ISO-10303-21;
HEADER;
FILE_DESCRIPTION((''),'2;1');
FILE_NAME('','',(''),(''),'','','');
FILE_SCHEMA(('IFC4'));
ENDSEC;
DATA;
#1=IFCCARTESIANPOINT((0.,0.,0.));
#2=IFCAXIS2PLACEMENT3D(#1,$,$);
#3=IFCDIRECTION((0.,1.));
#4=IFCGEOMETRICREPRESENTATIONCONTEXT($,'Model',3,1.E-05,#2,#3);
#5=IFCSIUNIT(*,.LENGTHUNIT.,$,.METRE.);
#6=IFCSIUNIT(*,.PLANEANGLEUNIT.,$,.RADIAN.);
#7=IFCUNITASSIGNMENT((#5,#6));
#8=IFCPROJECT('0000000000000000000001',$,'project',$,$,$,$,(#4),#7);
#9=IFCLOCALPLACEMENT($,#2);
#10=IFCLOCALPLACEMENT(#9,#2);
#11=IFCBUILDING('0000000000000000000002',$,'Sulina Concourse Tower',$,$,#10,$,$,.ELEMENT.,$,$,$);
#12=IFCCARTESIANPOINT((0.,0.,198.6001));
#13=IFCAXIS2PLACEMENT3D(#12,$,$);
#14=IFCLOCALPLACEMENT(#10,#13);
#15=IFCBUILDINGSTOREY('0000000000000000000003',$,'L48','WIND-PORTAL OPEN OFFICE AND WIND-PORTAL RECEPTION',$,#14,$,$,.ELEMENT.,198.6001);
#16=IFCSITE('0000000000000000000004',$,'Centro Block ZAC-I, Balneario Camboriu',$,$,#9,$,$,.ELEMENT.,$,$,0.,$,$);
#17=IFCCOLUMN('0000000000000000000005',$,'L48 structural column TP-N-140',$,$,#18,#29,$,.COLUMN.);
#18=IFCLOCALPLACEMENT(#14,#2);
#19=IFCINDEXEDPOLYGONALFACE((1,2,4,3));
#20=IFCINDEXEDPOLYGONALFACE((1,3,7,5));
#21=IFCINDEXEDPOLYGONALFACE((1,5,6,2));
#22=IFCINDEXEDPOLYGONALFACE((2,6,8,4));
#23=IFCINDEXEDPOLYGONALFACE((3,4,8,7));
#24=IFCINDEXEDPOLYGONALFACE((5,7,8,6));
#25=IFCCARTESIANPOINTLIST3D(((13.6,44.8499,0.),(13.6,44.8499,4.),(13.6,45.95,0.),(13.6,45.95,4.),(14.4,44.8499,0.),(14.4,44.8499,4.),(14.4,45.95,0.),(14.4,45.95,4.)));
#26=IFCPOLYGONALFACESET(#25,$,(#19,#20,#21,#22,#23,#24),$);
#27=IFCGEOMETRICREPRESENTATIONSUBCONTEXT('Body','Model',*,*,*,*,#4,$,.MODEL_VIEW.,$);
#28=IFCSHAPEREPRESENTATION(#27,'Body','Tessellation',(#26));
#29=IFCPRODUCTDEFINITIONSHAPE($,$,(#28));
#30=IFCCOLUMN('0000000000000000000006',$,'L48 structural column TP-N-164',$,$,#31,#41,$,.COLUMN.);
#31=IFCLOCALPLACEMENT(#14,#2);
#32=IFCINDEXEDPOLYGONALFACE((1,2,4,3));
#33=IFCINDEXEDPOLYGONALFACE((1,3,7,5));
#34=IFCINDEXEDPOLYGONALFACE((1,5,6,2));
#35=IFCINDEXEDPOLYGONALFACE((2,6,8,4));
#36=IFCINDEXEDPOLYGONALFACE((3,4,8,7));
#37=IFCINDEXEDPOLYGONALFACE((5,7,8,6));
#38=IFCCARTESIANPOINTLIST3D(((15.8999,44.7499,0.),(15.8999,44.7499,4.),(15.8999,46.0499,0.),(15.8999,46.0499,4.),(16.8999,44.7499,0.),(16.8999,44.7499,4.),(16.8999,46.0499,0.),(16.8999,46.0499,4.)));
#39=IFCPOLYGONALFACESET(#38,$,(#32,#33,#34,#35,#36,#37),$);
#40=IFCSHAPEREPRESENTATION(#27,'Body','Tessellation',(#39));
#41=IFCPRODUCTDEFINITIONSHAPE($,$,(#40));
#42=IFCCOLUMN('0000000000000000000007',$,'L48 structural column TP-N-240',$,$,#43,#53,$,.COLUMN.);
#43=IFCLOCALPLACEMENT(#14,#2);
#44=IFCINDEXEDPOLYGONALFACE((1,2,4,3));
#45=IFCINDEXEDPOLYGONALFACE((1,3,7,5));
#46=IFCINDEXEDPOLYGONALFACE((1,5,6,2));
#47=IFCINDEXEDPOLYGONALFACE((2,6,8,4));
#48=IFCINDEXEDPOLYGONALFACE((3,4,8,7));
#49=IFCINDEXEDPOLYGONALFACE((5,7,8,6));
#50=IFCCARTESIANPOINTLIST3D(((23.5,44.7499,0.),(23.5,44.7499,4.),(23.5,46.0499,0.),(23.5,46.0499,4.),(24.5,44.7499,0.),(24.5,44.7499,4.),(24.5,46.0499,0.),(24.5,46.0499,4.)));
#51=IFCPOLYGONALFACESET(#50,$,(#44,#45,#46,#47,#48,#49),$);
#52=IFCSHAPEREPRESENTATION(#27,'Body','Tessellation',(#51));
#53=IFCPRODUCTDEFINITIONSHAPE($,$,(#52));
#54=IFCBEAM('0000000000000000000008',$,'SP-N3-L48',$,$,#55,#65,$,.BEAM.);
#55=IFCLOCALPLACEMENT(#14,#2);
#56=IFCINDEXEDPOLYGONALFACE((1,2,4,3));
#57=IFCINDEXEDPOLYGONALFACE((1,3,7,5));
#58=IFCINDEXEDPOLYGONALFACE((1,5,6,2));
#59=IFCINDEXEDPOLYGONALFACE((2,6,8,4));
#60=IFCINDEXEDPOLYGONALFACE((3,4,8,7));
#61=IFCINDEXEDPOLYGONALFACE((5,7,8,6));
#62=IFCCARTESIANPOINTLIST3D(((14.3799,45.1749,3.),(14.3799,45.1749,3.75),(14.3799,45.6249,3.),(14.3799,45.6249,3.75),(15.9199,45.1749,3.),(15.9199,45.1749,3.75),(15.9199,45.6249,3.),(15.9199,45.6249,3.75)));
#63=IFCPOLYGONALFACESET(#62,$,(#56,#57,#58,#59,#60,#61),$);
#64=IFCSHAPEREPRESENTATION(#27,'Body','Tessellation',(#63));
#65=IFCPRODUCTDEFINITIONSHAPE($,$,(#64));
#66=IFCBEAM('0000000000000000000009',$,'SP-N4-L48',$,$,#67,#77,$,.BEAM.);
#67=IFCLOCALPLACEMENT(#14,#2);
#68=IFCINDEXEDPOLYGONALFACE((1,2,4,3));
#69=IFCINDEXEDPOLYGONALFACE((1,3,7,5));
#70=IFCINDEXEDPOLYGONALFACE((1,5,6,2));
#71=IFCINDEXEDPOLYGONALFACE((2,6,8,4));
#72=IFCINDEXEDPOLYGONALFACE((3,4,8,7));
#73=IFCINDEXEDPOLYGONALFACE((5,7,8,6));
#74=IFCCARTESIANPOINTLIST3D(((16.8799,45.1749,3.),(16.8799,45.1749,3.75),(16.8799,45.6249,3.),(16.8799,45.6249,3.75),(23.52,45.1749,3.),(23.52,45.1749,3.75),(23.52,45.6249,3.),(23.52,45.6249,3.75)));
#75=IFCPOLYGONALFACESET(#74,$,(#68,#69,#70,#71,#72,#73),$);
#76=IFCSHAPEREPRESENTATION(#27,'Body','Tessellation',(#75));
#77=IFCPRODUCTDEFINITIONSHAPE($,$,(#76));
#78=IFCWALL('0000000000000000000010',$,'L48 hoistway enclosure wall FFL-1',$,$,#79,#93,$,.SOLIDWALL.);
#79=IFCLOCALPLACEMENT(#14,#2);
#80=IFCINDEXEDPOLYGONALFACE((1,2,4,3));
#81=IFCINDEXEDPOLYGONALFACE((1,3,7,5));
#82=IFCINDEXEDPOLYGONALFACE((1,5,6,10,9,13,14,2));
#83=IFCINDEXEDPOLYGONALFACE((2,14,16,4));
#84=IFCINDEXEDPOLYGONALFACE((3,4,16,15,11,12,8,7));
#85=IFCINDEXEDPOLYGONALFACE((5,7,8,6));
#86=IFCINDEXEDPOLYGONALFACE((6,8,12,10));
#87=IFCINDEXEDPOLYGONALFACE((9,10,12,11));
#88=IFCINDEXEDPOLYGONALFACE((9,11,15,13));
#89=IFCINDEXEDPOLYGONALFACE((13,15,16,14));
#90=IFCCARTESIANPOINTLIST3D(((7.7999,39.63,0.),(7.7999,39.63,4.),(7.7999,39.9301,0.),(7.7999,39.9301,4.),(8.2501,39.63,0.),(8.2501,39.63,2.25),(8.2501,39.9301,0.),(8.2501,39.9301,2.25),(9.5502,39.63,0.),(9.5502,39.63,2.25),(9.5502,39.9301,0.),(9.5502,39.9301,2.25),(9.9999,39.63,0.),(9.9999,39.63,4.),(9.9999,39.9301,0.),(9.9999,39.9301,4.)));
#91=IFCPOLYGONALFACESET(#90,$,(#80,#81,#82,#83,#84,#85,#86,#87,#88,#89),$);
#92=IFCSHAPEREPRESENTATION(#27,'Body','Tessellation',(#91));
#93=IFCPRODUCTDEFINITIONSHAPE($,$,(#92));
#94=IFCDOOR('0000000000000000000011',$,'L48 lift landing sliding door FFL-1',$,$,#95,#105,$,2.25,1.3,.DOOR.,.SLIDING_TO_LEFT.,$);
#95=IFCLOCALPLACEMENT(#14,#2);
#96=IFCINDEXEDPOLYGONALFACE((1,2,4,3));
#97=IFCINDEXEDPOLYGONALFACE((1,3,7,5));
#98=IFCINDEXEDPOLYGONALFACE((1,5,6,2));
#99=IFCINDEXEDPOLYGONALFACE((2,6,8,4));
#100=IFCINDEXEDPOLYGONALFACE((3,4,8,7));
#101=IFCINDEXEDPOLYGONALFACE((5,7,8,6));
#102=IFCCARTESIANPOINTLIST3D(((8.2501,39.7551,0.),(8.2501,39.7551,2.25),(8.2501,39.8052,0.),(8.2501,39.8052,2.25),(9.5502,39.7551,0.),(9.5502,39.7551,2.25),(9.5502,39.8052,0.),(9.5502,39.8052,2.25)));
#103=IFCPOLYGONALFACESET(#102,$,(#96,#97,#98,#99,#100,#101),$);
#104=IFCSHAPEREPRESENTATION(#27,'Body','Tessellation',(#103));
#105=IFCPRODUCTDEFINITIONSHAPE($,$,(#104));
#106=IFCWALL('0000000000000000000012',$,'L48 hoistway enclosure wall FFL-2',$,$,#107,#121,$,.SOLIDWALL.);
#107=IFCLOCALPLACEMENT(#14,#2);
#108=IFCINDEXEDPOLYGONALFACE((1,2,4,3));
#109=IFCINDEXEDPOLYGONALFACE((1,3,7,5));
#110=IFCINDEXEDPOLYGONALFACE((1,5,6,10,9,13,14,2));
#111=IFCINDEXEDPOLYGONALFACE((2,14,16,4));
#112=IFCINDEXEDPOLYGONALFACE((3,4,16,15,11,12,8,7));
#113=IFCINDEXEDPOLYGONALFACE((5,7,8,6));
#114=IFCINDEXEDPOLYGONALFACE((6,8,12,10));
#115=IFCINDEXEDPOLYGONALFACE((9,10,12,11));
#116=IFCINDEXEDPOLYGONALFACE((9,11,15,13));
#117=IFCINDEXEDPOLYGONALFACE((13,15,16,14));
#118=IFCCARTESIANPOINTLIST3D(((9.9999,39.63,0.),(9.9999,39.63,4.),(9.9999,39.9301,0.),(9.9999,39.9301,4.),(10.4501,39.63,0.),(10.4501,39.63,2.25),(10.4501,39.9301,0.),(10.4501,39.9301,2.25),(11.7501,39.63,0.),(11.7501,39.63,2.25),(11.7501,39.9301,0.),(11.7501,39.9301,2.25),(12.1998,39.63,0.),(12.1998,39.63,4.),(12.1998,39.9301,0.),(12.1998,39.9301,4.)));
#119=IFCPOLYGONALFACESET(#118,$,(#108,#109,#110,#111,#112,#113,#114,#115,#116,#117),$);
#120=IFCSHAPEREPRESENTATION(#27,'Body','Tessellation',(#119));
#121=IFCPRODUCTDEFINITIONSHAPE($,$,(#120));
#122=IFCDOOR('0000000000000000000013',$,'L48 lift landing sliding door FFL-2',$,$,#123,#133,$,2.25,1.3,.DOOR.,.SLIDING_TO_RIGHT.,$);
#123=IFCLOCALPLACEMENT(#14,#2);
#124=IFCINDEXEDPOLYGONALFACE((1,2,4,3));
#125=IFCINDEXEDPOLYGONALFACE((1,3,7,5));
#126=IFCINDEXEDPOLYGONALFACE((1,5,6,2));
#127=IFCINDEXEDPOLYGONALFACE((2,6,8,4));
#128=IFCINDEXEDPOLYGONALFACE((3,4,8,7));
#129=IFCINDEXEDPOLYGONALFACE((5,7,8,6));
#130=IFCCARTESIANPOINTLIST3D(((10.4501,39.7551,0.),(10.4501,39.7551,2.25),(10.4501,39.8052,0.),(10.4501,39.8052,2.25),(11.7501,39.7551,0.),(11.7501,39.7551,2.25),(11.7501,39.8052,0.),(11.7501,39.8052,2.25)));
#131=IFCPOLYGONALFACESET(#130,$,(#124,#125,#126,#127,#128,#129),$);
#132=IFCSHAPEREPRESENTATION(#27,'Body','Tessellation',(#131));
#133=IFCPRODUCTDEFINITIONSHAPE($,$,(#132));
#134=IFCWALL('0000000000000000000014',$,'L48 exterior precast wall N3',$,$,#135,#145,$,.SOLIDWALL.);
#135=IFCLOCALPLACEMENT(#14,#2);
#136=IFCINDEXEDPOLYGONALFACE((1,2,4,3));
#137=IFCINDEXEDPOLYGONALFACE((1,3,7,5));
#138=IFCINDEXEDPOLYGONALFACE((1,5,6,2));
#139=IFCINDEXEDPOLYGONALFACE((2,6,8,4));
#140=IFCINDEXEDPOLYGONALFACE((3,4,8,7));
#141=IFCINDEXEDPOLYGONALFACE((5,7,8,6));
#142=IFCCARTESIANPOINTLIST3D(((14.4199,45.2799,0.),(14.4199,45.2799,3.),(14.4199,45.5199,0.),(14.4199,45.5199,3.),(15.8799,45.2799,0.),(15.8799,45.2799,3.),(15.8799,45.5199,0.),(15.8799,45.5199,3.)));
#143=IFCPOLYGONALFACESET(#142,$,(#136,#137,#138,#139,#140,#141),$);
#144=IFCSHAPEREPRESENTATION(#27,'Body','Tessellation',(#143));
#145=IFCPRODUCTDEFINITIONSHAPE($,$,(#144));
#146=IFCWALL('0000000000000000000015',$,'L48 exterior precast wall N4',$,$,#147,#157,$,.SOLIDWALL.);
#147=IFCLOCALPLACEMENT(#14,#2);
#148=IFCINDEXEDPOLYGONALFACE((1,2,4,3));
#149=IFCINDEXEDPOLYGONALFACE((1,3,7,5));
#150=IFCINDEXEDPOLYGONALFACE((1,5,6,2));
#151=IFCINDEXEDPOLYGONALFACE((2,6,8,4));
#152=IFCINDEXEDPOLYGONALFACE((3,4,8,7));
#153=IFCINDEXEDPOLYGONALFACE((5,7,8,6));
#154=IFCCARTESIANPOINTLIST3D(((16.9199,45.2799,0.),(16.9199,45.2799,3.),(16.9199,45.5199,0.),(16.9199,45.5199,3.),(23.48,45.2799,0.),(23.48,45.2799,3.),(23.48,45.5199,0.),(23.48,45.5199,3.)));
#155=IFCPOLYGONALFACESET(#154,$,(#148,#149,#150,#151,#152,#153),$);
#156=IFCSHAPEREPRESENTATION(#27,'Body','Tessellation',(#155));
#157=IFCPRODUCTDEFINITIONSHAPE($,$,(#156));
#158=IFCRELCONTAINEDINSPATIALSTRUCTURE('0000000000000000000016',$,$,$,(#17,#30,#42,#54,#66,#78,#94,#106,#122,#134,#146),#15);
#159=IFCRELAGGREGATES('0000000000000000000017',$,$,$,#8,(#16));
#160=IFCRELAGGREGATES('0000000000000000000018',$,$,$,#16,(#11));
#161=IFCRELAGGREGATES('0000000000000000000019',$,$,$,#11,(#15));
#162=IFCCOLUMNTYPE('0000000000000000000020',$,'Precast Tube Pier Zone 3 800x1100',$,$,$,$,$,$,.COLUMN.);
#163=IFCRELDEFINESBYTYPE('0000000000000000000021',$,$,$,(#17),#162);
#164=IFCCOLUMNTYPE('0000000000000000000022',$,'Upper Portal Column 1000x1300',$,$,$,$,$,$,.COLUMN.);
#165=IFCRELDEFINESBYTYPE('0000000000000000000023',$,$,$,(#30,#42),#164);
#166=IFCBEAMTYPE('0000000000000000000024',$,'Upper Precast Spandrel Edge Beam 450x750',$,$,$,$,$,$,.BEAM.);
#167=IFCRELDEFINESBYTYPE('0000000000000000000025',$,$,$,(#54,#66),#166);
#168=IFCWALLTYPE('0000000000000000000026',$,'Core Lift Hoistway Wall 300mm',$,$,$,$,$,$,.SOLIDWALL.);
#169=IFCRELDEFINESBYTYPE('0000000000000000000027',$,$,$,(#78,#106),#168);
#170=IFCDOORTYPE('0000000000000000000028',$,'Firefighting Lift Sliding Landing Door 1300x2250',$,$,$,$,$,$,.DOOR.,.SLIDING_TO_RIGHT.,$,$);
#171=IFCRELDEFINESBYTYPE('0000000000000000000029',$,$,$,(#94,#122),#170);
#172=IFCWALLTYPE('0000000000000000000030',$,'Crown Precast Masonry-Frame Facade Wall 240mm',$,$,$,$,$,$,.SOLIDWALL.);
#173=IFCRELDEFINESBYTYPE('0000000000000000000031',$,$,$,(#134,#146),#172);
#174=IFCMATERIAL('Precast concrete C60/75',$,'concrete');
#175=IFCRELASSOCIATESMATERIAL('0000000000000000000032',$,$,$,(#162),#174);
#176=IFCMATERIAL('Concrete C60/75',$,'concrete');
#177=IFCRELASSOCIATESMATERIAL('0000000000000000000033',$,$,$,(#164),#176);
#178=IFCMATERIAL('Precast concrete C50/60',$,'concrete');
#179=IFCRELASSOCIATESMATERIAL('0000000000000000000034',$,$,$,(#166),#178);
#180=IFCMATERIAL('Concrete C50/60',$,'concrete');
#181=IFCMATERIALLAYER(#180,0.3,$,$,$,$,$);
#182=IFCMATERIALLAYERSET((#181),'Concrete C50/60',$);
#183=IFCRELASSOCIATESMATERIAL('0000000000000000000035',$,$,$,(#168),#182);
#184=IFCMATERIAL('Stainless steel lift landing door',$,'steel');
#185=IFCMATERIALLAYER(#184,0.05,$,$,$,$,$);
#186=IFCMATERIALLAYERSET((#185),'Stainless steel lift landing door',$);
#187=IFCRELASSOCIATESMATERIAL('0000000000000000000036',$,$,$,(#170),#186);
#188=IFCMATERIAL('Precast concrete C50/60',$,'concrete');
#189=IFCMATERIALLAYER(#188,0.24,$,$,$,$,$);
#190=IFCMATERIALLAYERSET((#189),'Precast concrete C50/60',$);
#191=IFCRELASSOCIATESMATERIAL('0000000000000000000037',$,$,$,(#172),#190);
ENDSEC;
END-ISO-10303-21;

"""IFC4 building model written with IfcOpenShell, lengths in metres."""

from ifc_helpers import new_model, si_unit, direction, frame, frame_2d, origin, origin_2d, place, context, subcontext, project, spatial, rectangle, extrude, material, layer, layer_set, material_profile, profile_set, type_object, element, fill, save


model = new_model("IFC4")

# Units and contexts
model_context = context("Model", 3, precision=1e-05, world=origin(), true_north=direction((0.0, 1.0)))
body_context = subcontext(model_context, "Body", "Model", "MODEL_VIEW")
ifc_project = project(units=[si_unit("LENGTHUNIT", "METRE"), si_unit("PLANEANGLEUNIT", "RADIAN")], contexts=[model_context])

# Site, building, storey
site_placement = place(None, origin())
site = spatial("IfcSite", under=ifc_project, at=site_placement, Name="Centro Block ZAC-I, Balneario Camboriu", CompositionType="ELEMENT", RefElevation=0.0)
building_placement = place(site_placement, origin())
building = spatial("IfcBuilding", under=site, at=building_placement, Name="Sulina Concourse Tower", CompositionType="ELEMENT")
storey_placement = place(building_placement, frame((0.0, 0.0, 198.6001)))
storey = spatial("IfcBuildingStorey", under=building, at=storey_placement, Name="L48", Description="WIND-PORTAL OPEN OFFICE AND WIND-PORTAL RECEPTION", CompositionType="ELEMENT", Elevation=198.6001)

# Columns
ifc_material_1 = material(Name="Precast concrete C60/75", Category="concrete")
ifc_material_profile_1 = material_profile(ifc_material_1, rectangle(XDim=0.8, YDim=1.1001, at=origin_2d()), Name="PC 800x1100")
ifc_profile_set_1 = profile_set([ifc_material_profile_1], Name="Precast concrete C60/75")
column_type_1 = type_object("IfcColumnType", Name="Precast Tube Pier Zone 3 800x1100", PredefinedType="COLUMN", material=ifc_profile_set_1)
column_placement = place(storey_placement, frame((14.0, 45.3999, 0.0), z_axis=(0.0, 0.0, 1.0), x_axis=(1.0, 0.0, 0.0)))
element("IfcColumn", 1, at=column_placement, inside=storey, type_object=column_type_1, Name="L48 structural column TP-N-140", PredefinedType="COLUMN", context=body_context, shape_type="SweptSolid", body=[
    extrude(rectangle(XDim=0.8, YDim=1.1001, at=origin_2d()), origin(), (0.0, 0.0, 1.0), 4.0),
])
ifc_material_2 = material(Name="Concrete C60/75", Category="concrete")
ifc_material_profile_2 = material_profile(ifc_material_2, rectangle(XDim=1.0, YDim=1.3, at=origin_2d()), Name="RC 1000x1300")
ifc_profile_set_2 = profile_set([ifc_material_profile_2], Name="Concrete C60/75")
column_type_2 = type_object("IfcColumnType", Name="Upper Portal Column 1000x1300", PredefinedType="COLUMN", material=ifc_profile_set_2)
for number, where, z_axis, x_axis, name in (
    (2, (16.3999, 45.3999, 0.0), (0.0, 0.0, 1.0), (1.0, 0.0, 0.0), "L48 structural column TP-N-164"),
    (3, (24.0, 45.3999, 0.0), (0.0, 0.0, 1.0), (1.0, 0.0, 0.0), "L48 structural column TP-N-240"),
):
    element("IfcColumn", number, at=place(storey_placement, frame(where, z_axis=z_axis, x_axis=x_axis)), inside=storey, type_object=column_type_2, Name=name, PredefinedType="COLUMN", context=body_context, shape_type="SweptSolid", body=[
        extrude(rectangle(XDim=1.0, YDim=1.3, at=origin_2d()), origin(), (0.0, 0.0, 1.0), 4.0),
    ])

# Beams
ifc_material_3 = material(Name="Precast concrete C50/60", Category="concrete")
ifc_material_profile_3 = material_profile(ifc_material_3, rectangle(XDim=0.45, YDim=0.75, at=origin_2d()), Name="RC 450x750")
ifc_profile_set_3 = profile_set([ifc_material_profile_3], Name="Precast concrete C50/60")
beam_type = type_object("IfcBeamType", Name="Upper Precast Spandrel Edge Beam 450x750", PredefinedType="BEAM", material=ifc_profile_set_3)
beam_1_placement = place(storey_placement, frame((14.3799, 45.3999, 3.375), z_axis=(1.0, 0.0, 0.0), x_axis=(0.0, 1.0, 0.0)))
element("IfcBeam", 4, at=beam_1_placement, inside=storey, type_object=beam_type, Name="SP-N3-L48", PredefinedType="BEAM", context=body_context, shape_type="SweptSolid", body=[
    extrude(rectangle(XDim=0.45, YDim=0.75, at=origin_2d()), origin(), (0.0, 0.0, 1.0), 1.54),
])
beam_2_placement = place(storey_placement, frame((16.8799, 45.3999, 3.375), z_axis=(1.0, 0.0, 0.0), x_axis=(0.0, 1.0, 0.0)))
element("IfcBeam", 5, at=beam_2_placement, inside=storey, type_object=beam_type, Name="SP-N4-L48", PredefinedType="BEAM", context=body_context, shape_type="SweptSolid", body=[
    extrude(rectangle(XDim=0.45, YDim=0.75, at=origin_2d()), origin(), (0.0, 0.0, 1.0), 6.6401),
])

# Walls, openings, doors
ifc_material_4 = material(Name="Concrete C50/60", Category="concrete")
ifc_layer_1 = layer(ifc_material_4, 0.3)
ifc_layer_set_1 = layer_set([ifc_layer_1], Name="Concrete C50/60")
wall_type_1 = type_object("IfcWallType", Name="Core Lift Hoistway Wall 300mm", PredefinedType="SOLIDWALL", material=ifc_layer_set_1)
wall_1_placement = place(storey_placement, frame((10.0, 39.78, 0.0), z_axis=(0.0, 0.0, 1.0), x_axis=(-1.0, 0.0, 0.0)))
wall_1 = element("IfcWall", 6, at=wall_1_placement, inside=storey, type_object=wall_type_1, Name="L48 hoistway enclosure wall FFL-1", PredefinedType="SOLIDWALL", context=body_context, shape_type="SweptSolid", body=[
    extrude(rectangle(XDim=2.2, YDim=0.3, at=frame_2d((1.1001, 0.0))), origin(), (0.0, 0.0, 1.0), 4.0),
])
opening_1_placement = place(wall_1_placement, frame((0.45, 0.0, 0.0)))
opening_1 = element("IfcOpeningElement", 7, at=opening_1_placement, cuts=wall_1, PredefinedType="OPENING", context=body_context, shape_type="SweptSolid", body=[
    extrude(rectangle(XDim=1.3, YDim=2.25, at=frame_2d((0.6499, 1.125))), frame((0.0, 0.1599, 0.0), z_axis=(0.0, -1.0, 0.0), x_axis=(1.0, 0.0, 0.0)), (0.0, 0.0, 1.0), 0.3201),
])
ifc_material_5 = material(Name="Stainless steel lift landing door", Category="steel")
ifc_layer_2 = layer(ifc_material_5, 0.05)
ifc_layer_set_2 = layer_set([ifc_layer_2], Name="Stainless steel lift landing door")
door_type_1 = type_object("IfcDoorType", Name="Firefighting Lift Sliding Landing Door 1300x2250", OperationType="SLIDING_TO_RIGHT", PredefinedType="DOOR", material=ifc_layer_set_2)
door_1_placement = place(opening_1_placement, origin())
door_1 = element("IfcDoor", 8, at=door_1_placement, inside=storey, type_object=door_type_1, Name="L48 lift landing sliding door FFL-1", OperationType="SLIDING_TO_LEFT", OverallHeight=2.25, OverallWidth=1.3, PredefinedType="DOOR", context=body_context, shape_type="SweptSolid", body=[
    extrude(rectangle(XDim=1.3, YDim=2.25, at=frame_2d((0.6499, 1.125))), frame((0.0, 0.0249, 0.0), z_axis=(0.0, -1.0, 0.0), x_axis=(1.0, 0.0, 0.0)), (0.0, 0.0, 1.0), 0.05),
])
fill(opening_1, door_1)
wall_2_placement = place(storey_placement, frame((12.2, 39.78, 0.0), z_axis=(0.0, 0.0, 1.0), x_axis=(-1.0, 0.0, 0.0)))
wall_2 = element("IfcWall", 9, at=wall_2_placement, inside=storey, type_object=wall_type_1, Name="L48 hoistway enclosure wall FFL-2", PredefinedType="SOLIDWALL", context=body_context, shape_type="SweptSolid", body=[
    extrude(rectangle(XDim=2.2, YDim=0.3, at=frame_2d((1.1001, 0.0))), origin(), (0.0, 0.0, 1.0), 4.0),
])
opening_2_placement = place(wall_2_placement, frame((0.45, 0.0, 0.0)))
opening_2 = element("IfcOpeningElement", 10, at=opening_2_placement, cuts=wall_2, PredefinedType="OPENING", context=body_context, shape_type="SweptSolid", body=[
    extrude(rectangle(XDim=1.3, YDim=2.25, at=frame_2d((0.6499, 1.125))), frame((0.0, 0.1599, 0.0), z_axis=(0.0, -1.0, 0.0), x_axis=(1.0, 0.0, 0.0)), (0.0, 0.0, 1.0), 0.3201),
])
door_2_placement = place(opening_2_placement, origin())
door_2 = element("IfcDoor", 11, at=door_2_placement, inside=storey, type_object=door_type_1, Name="L48 lift landing sliding door FFL-2", OperationType="SLIDING_TO_RIGHT", OverallHeight=2.25, OverallWidth=1.3, PredefinedType="DOOR", context=body_context, shape_type="SweptSolid", body=[
    extrude(rectangle(XDim=1.3, YDim=2.25, at=frame_2d((0.6499, 1.125))), frame((0.0, 0.0249, 0.0), z_axis=(0.0, -1.0, 0.0), x_axis=(1.0, 0.0, 0.0)), (0.0, 0.0, 1.0), 0.05),
])
fill(opening_2, door_2)

# Walls
ifc_material_6 = material(Name="Precast concrete C50/60", Category="concrete")
ifc_layer_3 = layer(ifc_material_6, 0.24)
ifc_layer_set_3 = layer_set([ifc_layer_3], Name="Precast concrete C50/60")
wall_type_2 = type_object("IfcWallType", Name="Crown Precast Masonry-Frame Facade Wall 240mm", PredefinedType="SOLIDWALL", material=ifc_layer_set_3)
wall_3_placement = place(storey_placement, frame((14.4199, 45.3999, 0.0), z_axis=(0.0, 0.0, 1.0), x_axis=(1.0, 0.0, 0.0)))
element("IfcWall", 12, at=wall_3_placement, inside=storey, type_object=wall_type_2, Name="L48 exterior precast wall N3", PredefinedType="SOLIDWALL", context=body_context, shape_type="SweptSolid", body=[
    extrude(rectangle(XDim=1.46, YDim=0.24, at=frame_2d((0.73, 0.0))), origin(), (0.0, 0.0, 1.0), 3.0),
])
wall_4_placement = place(storey_placement, frame((16.9199, 45.3999, 0.0), z_axis=(0.0, 0.0, 1.0), x_axis=(1.0, 0.0, 0.0)))
element("IfcWall", 13, at=wall_4_placement, inside=storey, type_object=wall_type_2, Name="L48 exterior precast wall N4", PredefinedType="SOLIDWALL", context=body_context, shape_type="SweptSolid", body=[
    extrude(rectangle(XDim=6.5601, YDim=0.24, at=frame_2d((3.28, 0.0))), origin(), (0.0, 0.0, 1.0), 3.0),
])

save(model, "model.ifc")
